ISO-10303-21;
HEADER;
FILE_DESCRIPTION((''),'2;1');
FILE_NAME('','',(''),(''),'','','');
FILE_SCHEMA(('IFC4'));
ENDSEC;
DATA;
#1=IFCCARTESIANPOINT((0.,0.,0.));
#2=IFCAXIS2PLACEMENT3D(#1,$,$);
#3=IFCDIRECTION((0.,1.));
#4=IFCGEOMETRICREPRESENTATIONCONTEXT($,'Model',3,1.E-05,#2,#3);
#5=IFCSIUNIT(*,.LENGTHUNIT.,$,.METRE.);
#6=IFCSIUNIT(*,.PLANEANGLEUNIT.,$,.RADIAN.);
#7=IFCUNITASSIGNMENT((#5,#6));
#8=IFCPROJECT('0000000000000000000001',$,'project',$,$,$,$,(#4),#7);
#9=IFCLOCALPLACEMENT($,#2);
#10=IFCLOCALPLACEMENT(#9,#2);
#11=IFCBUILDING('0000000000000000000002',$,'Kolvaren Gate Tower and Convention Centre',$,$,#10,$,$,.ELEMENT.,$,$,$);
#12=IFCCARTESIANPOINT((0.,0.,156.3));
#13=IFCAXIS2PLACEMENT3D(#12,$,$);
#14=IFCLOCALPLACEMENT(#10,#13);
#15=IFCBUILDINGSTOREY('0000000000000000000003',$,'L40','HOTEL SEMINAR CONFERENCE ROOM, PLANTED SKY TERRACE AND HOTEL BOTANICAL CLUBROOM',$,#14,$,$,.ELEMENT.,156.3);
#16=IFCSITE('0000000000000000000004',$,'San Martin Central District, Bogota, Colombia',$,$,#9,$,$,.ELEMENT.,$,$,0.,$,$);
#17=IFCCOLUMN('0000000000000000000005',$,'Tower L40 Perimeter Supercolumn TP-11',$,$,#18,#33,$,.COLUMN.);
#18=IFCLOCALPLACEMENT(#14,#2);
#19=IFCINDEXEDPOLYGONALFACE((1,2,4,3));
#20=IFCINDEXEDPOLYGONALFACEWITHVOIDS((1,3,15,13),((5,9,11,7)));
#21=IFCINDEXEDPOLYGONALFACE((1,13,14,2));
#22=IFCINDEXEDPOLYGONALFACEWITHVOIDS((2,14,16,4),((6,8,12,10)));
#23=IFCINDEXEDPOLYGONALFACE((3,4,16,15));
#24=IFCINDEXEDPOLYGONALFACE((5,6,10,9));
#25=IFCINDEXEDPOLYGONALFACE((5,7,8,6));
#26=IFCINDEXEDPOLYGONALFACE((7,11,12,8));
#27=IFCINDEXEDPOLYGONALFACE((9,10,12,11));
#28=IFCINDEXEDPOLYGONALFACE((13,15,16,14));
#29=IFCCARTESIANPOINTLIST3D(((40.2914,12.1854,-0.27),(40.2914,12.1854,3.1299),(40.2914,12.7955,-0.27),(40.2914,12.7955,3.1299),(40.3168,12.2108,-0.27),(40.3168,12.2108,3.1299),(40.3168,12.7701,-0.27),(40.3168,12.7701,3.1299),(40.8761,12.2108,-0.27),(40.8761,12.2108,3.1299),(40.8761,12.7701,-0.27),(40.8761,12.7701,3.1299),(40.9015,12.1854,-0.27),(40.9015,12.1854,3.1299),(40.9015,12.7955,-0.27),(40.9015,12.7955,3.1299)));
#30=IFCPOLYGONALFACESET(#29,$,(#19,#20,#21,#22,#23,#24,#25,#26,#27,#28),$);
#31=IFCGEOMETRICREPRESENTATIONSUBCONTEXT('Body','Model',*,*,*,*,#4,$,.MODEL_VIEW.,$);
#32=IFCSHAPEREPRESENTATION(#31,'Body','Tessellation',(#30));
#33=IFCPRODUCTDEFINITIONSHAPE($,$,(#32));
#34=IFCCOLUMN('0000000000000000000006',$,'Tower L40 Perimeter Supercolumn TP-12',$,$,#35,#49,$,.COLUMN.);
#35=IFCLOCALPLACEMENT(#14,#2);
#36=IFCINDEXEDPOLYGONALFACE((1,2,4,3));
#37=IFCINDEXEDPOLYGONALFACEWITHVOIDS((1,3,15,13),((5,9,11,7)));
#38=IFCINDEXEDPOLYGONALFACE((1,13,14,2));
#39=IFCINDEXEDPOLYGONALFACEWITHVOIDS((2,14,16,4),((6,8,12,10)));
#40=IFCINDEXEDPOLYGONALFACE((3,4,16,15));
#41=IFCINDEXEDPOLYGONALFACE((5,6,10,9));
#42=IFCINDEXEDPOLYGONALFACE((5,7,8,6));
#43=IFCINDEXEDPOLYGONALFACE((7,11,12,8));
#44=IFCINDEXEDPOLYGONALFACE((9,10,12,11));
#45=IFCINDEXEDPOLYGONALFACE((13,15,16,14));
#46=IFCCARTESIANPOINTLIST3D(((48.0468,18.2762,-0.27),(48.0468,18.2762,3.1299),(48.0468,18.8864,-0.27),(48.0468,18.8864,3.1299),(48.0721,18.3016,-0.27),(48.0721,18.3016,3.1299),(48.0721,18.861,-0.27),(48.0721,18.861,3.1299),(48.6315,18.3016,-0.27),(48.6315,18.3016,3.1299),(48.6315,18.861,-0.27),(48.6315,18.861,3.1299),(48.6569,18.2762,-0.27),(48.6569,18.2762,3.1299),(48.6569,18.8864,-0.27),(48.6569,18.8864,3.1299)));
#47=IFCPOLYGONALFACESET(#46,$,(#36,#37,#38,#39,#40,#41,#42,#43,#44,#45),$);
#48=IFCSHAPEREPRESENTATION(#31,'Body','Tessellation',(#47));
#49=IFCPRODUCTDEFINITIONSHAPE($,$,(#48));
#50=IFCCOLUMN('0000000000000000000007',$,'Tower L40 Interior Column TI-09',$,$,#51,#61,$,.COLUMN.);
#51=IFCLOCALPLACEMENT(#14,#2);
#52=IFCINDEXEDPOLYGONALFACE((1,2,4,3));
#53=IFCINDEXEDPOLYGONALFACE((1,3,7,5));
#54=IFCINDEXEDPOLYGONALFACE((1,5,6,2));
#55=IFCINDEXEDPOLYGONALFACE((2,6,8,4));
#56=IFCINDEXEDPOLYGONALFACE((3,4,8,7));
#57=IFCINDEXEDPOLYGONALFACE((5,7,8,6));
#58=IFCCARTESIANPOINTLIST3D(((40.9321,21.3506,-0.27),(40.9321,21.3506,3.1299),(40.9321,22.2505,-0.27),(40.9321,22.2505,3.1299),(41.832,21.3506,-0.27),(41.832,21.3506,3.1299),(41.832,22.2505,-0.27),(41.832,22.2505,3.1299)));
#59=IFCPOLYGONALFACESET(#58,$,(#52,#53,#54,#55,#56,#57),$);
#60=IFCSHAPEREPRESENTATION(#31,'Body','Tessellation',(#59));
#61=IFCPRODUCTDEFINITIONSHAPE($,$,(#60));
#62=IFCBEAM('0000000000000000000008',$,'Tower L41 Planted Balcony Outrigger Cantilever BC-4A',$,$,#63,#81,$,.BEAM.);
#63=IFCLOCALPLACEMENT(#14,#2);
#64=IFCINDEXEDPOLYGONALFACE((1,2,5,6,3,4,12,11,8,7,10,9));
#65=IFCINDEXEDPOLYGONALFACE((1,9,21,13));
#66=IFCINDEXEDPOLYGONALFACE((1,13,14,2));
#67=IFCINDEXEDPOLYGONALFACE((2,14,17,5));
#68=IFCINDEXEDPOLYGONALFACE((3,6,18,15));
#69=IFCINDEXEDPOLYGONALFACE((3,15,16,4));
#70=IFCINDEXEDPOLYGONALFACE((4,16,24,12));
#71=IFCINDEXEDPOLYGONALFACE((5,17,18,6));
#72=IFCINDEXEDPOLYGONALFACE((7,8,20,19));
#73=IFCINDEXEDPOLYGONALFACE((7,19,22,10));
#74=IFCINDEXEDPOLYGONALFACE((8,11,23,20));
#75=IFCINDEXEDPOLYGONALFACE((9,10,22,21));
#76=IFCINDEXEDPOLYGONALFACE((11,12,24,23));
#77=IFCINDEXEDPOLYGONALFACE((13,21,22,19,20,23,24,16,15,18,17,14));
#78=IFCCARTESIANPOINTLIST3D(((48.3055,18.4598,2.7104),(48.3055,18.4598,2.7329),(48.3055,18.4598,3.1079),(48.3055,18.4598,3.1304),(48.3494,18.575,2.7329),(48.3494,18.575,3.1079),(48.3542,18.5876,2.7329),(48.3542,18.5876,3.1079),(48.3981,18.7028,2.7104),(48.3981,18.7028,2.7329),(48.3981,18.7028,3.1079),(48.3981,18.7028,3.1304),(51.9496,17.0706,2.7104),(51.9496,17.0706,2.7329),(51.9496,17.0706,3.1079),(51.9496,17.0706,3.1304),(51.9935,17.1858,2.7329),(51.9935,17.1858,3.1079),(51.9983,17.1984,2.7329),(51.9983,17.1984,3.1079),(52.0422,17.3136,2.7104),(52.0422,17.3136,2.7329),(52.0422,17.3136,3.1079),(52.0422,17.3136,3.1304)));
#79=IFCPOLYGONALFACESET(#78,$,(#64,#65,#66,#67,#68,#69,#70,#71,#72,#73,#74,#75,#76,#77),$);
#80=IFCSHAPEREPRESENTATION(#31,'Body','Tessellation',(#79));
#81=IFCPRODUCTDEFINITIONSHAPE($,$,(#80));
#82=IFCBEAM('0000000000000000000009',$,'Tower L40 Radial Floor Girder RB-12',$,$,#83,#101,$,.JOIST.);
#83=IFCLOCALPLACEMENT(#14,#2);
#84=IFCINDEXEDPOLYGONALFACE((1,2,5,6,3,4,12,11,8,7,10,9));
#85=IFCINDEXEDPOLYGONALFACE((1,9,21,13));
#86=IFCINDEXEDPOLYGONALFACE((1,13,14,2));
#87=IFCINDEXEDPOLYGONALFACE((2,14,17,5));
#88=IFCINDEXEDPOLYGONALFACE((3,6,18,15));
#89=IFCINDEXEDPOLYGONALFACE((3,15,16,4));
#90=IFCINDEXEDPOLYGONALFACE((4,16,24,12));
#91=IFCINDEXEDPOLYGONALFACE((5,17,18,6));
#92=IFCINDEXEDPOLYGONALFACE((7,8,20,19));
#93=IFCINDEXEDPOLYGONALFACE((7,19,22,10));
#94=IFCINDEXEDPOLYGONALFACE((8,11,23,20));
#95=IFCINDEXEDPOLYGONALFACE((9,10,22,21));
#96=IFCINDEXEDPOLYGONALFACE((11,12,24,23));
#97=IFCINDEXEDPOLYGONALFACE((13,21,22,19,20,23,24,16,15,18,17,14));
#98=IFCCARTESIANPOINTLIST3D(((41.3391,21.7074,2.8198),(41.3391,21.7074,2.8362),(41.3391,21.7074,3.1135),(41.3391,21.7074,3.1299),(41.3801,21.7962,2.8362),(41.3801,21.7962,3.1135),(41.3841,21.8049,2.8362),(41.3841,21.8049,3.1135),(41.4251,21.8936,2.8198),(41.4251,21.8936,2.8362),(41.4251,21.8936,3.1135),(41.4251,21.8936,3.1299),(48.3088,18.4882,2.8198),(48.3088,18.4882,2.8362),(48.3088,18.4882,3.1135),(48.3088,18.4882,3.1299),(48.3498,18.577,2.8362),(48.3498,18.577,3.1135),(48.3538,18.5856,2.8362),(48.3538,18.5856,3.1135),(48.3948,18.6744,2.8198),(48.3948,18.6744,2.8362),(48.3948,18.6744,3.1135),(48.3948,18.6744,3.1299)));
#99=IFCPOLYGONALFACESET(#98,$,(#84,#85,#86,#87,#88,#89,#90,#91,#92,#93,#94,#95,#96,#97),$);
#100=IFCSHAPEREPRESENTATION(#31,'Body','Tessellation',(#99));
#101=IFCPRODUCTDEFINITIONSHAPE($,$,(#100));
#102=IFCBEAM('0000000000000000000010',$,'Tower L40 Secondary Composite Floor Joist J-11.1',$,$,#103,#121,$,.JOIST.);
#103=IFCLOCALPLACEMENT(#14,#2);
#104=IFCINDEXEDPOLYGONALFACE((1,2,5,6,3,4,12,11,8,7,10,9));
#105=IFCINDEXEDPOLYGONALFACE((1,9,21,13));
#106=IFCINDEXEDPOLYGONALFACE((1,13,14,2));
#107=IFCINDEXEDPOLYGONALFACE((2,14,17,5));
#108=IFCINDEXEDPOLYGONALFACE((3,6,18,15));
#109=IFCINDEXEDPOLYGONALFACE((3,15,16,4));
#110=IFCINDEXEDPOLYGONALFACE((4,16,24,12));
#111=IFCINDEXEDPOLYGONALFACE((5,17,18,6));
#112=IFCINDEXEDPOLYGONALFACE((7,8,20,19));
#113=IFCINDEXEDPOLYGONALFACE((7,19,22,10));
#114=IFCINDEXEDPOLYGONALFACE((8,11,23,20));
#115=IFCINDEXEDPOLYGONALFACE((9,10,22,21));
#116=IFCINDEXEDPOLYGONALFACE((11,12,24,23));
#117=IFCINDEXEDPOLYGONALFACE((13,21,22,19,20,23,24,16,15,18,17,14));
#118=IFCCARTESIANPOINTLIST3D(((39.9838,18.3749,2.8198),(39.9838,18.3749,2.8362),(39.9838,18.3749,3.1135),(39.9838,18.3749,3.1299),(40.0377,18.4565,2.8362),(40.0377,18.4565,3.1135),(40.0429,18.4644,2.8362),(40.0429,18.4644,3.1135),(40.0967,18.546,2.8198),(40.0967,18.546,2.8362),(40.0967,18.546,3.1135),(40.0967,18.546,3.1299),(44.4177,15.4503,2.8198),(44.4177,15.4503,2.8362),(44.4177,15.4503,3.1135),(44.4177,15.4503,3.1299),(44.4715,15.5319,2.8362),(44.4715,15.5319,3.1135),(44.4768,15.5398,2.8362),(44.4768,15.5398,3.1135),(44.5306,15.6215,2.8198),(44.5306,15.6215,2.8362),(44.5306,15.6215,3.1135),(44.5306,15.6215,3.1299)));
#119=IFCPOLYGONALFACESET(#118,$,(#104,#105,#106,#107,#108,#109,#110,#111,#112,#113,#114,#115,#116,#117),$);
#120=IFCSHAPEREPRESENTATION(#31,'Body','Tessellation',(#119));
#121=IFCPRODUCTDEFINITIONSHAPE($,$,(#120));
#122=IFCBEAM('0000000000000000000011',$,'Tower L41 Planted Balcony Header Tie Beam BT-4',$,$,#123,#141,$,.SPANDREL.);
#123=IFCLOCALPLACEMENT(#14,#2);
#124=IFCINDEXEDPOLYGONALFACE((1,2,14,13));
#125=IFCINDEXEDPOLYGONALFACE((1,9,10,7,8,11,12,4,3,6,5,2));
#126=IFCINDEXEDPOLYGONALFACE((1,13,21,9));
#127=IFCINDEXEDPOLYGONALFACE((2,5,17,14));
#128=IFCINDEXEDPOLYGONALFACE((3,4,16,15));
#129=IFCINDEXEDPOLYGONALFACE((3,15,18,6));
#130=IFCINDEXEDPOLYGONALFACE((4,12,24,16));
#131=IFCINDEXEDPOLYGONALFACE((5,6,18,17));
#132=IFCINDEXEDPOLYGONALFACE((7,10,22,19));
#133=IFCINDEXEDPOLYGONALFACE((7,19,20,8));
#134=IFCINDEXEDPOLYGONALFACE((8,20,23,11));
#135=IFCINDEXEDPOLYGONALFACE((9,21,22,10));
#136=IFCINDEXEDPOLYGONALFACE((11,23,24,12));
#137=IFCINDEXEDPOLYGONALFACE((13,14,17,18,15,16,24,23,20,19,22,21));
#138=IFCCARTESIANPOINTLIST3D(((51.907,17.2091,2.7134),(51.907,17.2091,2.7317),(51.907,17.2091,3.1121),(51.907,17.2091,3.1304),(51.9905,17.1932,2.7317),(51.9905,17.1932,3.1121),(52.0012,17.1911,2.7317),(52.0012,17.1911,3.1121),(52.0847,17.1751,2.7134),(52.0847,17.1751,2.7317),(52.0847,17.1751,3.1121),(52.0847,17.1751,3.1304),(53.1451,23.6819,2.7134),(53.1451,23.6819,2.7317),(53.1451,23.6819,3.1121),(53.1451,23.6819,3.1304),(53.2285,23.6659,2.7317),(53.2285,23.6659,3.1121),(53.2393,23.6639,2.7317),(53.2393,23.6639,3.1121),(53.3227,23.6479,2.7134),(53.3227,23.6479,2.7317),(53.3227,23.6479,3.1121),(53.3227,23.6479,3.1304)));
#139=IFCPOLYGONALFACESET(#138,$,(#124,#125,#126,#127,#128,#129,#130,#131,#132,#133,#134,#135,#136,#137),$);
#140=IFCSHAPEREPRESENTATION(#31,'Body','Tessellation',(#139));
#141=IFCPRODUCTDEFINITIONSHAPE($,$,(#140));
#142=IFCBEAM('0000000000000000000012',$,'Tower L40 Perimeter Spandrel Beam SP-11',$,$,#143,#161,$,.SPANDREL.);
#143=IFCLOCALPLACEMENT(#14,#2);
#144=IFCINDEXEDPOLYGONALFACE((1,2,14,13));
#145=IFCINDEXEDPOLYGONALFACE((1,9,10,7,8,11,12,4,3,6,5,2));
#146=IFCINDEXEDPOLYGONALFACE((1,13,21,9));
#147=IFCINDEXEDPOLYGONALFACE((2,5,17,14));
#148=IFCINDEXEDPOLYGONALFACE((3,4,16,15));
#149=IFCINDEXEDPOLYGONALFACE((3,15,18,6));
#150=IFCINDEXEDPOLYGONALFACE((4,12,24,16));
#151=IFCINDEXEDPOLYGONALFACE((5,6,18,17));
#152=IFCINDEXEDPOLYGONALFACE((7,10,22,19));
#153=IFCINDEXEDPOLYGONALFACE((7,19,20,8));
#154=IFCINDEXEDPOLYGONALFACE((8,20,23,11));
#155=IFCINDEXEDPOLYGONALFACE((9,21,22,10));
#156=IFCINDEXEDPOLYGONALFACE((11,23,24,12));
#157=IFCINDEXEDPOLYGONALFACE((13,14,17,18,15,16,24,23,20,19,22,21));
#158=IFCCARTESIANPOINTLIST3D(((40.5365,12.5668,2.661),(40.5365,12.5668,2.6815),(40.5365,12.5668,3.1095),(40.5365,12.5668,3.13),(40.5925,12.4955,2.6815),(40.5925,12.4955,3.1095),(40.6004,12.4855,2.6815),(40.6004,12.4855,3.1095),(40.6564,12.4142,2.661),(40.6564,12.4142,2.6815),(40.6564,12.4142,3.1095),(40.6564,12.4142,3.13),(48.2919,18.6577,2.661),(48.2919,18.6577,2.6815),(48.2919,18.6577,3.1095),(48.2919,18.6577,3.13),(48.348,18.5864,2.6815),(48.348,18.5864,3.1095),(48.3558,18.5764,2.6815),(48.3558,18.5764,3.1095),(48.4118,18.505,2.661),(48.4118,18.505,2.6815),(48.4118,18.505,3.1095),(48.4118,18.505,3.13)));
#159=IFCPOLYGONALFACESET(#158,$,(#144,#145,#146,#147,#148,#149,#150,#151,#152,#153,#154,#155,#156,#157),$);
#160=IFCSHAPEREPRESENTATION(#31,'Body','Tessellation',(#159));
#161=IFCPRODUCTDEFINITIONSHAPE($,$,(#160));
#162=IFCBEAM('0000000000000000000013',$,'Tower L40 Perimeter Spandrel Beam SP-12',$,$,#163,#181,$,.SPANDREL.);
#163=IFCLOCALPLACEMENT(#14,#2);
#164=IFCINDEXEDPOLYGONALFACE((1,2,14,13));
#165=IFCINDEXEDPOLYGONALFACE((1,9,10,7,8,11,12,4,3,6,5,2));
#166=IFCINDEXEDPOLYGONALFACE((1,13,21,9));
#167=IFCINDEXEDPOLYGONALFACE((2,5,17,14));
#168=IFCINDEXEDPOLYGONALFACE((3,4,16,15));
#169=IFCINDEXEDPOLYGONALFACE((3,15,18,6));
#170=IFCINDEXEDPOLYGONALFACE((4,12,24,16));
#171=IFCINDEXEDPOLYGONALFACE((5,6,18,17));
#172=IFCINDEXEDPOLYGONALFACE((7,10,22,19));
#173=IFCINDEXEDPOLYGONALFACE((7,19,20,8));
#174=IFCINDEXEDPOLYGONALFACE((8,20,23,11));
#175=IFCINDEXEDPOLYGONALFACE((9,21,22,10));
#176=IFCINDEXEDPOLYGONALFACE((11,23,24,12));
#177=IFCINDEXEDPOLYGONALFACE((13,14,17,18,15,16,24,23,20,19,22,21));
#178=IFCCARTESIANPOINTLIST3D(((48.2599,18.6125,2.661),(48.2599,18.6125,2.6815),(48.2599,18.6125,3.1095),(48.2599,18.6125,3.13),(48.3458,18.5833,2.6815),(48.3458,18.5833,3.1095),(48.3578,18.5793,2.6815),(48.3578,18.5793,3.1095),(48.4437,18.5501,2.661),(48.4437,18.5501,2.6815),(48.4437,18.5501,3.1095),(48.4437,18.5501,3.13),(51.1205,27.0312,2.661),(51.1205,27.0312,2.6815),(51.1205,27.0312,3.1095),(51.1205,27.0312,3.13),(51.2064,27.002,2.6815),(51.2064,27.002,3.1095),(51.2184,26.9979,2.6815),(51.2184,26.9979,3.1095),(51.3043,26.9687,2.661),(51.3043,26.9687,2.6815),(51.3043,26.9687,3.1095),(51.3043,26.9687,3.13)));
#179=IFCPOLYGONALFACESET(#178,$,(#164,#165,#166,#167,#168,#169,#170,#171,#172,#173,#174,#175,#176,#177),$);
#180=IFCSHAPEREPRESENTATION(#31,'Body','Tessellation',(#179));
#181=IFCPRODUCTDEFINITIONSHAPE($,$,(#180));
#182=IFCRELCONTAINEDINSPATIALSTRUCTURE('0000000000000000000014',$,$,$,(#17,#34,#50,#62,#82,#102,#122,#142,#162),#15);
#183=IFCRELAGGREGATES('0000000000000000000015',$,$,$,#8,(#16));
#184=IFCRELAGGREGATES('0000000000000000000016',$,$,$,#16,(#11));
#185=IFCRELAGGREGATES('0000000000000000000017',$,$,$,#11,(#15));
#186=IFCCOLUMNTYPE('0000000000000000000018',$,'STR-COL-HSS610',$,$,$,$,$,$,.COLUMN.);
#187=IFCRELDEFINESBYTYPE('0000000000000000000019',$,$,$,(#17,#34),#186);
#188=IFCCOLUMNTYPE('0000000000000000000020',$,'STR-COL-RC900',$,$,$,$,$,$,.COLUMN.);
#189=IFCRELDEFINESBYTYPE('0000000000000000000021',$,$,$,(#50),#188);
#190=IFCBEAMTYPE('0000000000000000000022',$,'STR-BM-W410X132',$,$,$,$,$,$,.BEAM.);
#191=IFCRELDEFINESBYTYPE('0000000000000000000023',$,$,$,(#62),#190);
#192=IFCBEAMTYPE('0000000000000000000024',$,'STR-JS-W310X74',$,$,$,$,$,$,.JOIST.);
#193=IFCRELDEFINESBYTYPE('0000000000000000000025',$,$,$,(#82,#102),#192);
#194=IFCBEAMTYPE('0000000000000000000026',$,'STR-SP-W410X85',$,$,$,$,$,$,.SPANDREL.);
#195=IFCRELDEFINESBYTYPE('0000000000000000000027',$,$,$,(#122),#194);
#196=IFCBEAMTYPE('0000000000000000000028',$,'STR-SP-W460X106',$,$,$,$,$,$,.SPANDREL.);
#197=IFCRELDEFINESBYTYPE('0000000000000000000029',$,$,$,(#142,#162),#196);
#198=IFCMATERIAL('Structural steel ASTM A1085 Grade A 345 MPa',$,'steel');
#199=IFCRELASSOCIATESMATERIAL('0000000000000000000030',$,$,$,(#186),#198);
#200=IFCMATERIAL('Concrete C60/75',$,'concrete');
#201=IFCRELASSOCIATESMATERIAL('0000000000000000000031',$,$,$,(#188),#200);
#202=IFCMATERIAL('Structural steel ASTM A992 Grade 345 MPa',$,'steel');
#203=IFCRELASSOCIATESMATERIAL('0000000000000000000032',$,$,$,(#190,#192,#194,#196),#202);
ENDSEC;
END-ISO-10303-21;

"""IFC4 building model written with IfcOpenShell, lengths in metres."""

from ifc_helpers import new_model, si_unit, direction, frame, origin, origin_2d, place, context, subcontext, project, spatial, rectangle, hollow_rectangle, i_section, extrude, material, material_profile, profile_set, type_object, element, save


model = new_model("IFC4")

# Units and contexts
model_context = context("Model", 3, precision=1e-05, world=origin(), true_north=direction((0.0, 1.0)))
body_context = subcontext(model_context, "Body", "Model", "MODEL_VIEW")
ifc_project = project(units=[si_unit("LENGTHUNIT", "METRE"), si_unit("PLANEANGLEUNIT", "RADIAN")], contexts=[model_context])

# Site, building, storey
site_placement = place(None, origin())
site = spatial("IfcSite", under=ifc_project, at=site_placement, Name="San Martin Central District, Bogota, Colombia", CompositionType="ELEMENT", RefElevation=0.0)
building_placement = place(site_placement, origin())
building = spatial("IfcBuilding", under=site, at=building_placement, Name="Kolvaren Gate Tower and Convention Centre", CompositionType="ELEMENT")
storey_placement = place(building_placement, frame((0.0, 0.0, 156.3)))
storey = spatial("IfcBuildingStorey", under=building, at=storey_placement, Name="L40", Description="HOTEL SEMINAR CONFERENCE ROOM, PLANTED SKY TERRACE AND HOTEL BOTANICAL CLUBROOM", CompositionType="ELEMENT", Elevation=156.3)

# Columns
ifc_material_1 = material(Name="Structural steel ASTM A1085 Grade A 345 MPa", Category="steel")
ifc_material_profile_1 = material_profile(ifc_material_1, hollow_rectangle(XDim=0.6101, YDim=0.6101, WallThickness=0.0254, at=origin_2d()), Name="HSS610X610X25.4")
ifc_profile_set_1 = profile_set([ifc_material_profile_1], Name="Structural steel ASTM A1085 Grade A 345 MPa")
column_type_1 = type_object("IfcColumnType", Name="STR-COL-HSS610", PredefinedType="COLUMN", material=ifc_profile_set_1)
for number, where, z_axis, x_axis, name in (
    (1, (40.5964, 12.4905, -0.27), (0.0, 0.0, 1.0), (1.0, 0.0, 0.0), "Tower L40 Perimeter Supercolumn TP-11"),
    (2, (48.3518, 18.5813, -0.27), (0.0, 0.0, 1.0), (1.0, 0.0, 0.0), "Tower L40 Perimeter Supercolumn TP-12"),
):
    element("IfcColumn", number, at=place(storey_placement, frame(where, z_axis=z_axis, x_axis=x_axis)), inside=storey, type_object=column_type_1, Name=name, PredefinedType="COLUMN", context=body_context, shape_type="SweptSolid", body=[
        extrude(hollow_rectangle(XDim=0.6101, YDim=0.6101, WallThickness=0.0254, at=origin_2d()), origin(), (0.0, 0.0, 1.0), 3.3999),
    ])
ifc_material_2 = material(Name="Concrete C60/75", Category="concrete")
ifc_material_profile_2 = material_profile(ifc_material_2, rectangle(XDim=0.8999, YDim=0.8999, at=origin_2d()), Name="RC-COL-900X900")
ifc_profile_set_2 = profile_set([ifc_material_profile_2], Name="Concrete C60/75")
column_type_2 = type_object("IfcColumnType", Name="STR-COL-RC900", PredefinedType="COLUMN", material=ifc_profile_set_2)
column_placement = place(storey_placement, frame((41.3821, 21.8005, -0.27), z_axis=(0.0, 0.0, 1.0), x_axis=(1.0, 0.0, 0.0)))
element("IfcColumn", 3, at=column_placement, inside=storey, type_object=column_type_2, Name="Tower L40 Interior Column TI-09", PredefinedType="COLUMN", context=body_context, shape_type="SweptSolid", body=[
    extrude(rectangle(XDim=0.8999, YDim=0.8999, at=origin_2d()), origin(), (0.0, 0.0, 1.0), 3.3999),
])

# Beams
ifc_material_3 = material(Name="Structural steel ASTM A992 Grade 345 MPa", Category="steel")
ifc_material_profile_3 = material_profile(ifc_material_3, i_section(OverallWidth=0.26, OverallDepth=0.4199, WebThickness=0.0134, FlangeThickness=0.0225, at=origin_2d()), Name="W410X132")
ifc_profile_set_3 = profile_set([ifc_material_profile_3], Name="Structural steel ASTM A992 Grade 345 MPa")
beam_type_1 = type_object("IfcBeamType", Name="STR-BM-W410X132", PredefinedType="BEAM", material=ifc_profile_set_3)
beam_1_placement = place(storey_placement, frame((48.3518, 18.5813, 2.9204), z_axis=(0.934406, -0.356209, 0.0), x_axis=(0.356209, 0.934406, 0.0)))
element("IfcBeam", 4, at=beam_1_placement, inside=storey, type_object=beam_type_1, Name="Tower L41 Planted Balcony Outrigger Cantilever BC-4A", PredefinedType="BEAM", context=body_context, shape_type="SweptSolid", body=[
    extrude(i_section(OverallWidth=0.26, OverallDepth=0.4199, WebThickness=0.0134, FlangeThickness=0.0225, at=origin_2d()), origin(), (0.0, 0.0, 1.0), 3.8999),
])
ifc_material_profile_4 = material_profile(ifc_material_3, i_section(OverallWidth=0.2051, OverallDepth=0.3101, WebThickness=0.0095, FlangeThickness=0.0164, at=origin_2d()), Name="W310X74")
ifc_profile_set_4 = profile_set([ifc_material_profile_4], Name="Structural steel ASTM A992 Grade 345 MPa")
beam_type_2 = type_object("IfcBeamType", Name="STR-JS-W310X74", PredefinedType="JOIST", material=ifc_profile_set_4)
beam_2_placement = place(storey_placement, frame((41.3821, 21.8005, 2.9749), z_axis=(0.907838, -0.41932, 0.0), x_axis=(0.41932, 0.907838, 0.0)))
element("IfcBeam", 5, at=beam_2_placement, inside=storey, type_object=beam_type_2, Name="Tower L40 Radial Floor Girder RB-12", PredefinedType="JOIST", context=body_context, shape_type="SweptSolid", body=[
    extrude(i_section(OverallWidth=0.2051, OverallDepth=0.3101, WebThickness=0.0095, FlangeThickness=0.0164, at=origin_2d()), origin(), (0.0, 0.0, 1.0), 7.6772),
])
beam_3_placement = place(storey_placement, frame((40.0403, 18.4604, 2.9749), z_axis=(0.834763, -0.55061, 0.0), x_axis=(0.55061, 0.834763, 0.0)))
element("IfcBeam", 6, at=beam_3_placement, inside=storey, type_object=beam_type_2, Name="Tower L40 Secondary Composite Floor Joist J-11.1", PredefinedType="JOIST", context=body_context, shape_type="SweptSolid", body=[
    extrude(i_section(OverallWidth=0.2051, OverallDepth=0.3101, WebThickness=0.0095, FlangeThickness=0.0164, at=origin_2d()), origin(), (0.0, 0.0, 1.0), 5.3115),
])
ifc_material_profile_5 = material_profile(ifc_material_3, i_section(OverallWidth=0.1809, OverallDepth=0.417, WebThickness=0.011, FlangeThickness=0.0183, at=origin_2d()), Name="W410X85")
ifc_profile_set_5 = profile_set([ifc_material_profile_5], Name="Structural steel ASTM A992 Grade 345 MPa")
beam_type_3 = type_object("IfcBeamType", Name="STR-SP-W410X85", PredefinedType="SPANDREL", material=ifc_profile_set_5)
beam_4_placement = place(storey_placement, frame((51.9958, 17.1921, 2.9219), z_axis=(0.187866, 0.982195, 0.0), x_axis=(-0.982195, 0.187866, 0.0)))
element("IfcBeam", 7, at=beam_4_placement, inside=storey, type_object=beam_type_3, Name="Tower L41 Planted Balcony Header Tie Beam BT-4", PredefinedType="SPANDREL", context=body_context, shape_type="SweptSolid", body=[
    extrude(i_section(OverallWidth=0.1809, OverallDepth=0.417, WebThickness=0.011, FlangeThickness=0.0183, at=origin_2d()), origin(), (0.0, 0.0, 1.0), 6.5901),
])
ifc_material_profile_6 = material_profile(ifc_material_3, i_section(OverallWidth=0.1941, OverallDepth=0.469, WebThickness=0.0127, FlangeThickness=0.0205, at=origin_2d()), Name="W460X106")
ifc_profile_set_6 = profile_set([ifc_material_profile_6], Name="Structural steel ASTM A992 Grade 345 MPa")
beam_type_4 = type_object("IfcBeamType", Name="STR-SP-W460X106", PredefinedType="SPANDREL", material=ifc_profile_set_6)
beam_5_placement = place(storey_placement, frame((40.5964, 12.4905, 2.8955), z_axis=(0.786451, 0.617653, 0.0), x_axis=(-0.617653, 0.786451, 0.0)))
element("IfcBeam", 8, at=beam_5_placement, inside=storey, type_object=beam_type_4, Name="Tower L40 Perimeter Spandrel Beam SP-11", PredefinedType="SPANDREL", context=body_context, shape_type="SweptSolid", body=[
    extrude(i_section(OverallWidth=0.1941, OverallDepth=0.469, WebThickness=0.0127, FlangeThickness=0.0205, at=origin_2d()), origin(), (0.0, 0.0, 1.0), 9.8613),
])
beam_6_placement = place(storey_placement, frame((48.3518, 18.5813, 2.8955), z_axis=(0.321725, 0.946833, 0.0), x_axis=(-0.946833, 0.321725, 0.0)))
element("IfcBeam", 9, at=beam_6_placement, inside=storey, type_object=beam_type_4, Name="Tower L40 Perimeter Spandrel Beam SP-12", PredefinedType="SPANDREL", context=body_context, shape_type="SweptSolid", body=[
    extrude(i_section(OverallWidth=0.1941, OverallDepth=0.469, WebThickness=0.0127, FlangeThickness=0.0205, at=origin_2d()), origin(), (0.0, 0.0, 1.0), 8.8914),
])

save(model, "model.ifc")
